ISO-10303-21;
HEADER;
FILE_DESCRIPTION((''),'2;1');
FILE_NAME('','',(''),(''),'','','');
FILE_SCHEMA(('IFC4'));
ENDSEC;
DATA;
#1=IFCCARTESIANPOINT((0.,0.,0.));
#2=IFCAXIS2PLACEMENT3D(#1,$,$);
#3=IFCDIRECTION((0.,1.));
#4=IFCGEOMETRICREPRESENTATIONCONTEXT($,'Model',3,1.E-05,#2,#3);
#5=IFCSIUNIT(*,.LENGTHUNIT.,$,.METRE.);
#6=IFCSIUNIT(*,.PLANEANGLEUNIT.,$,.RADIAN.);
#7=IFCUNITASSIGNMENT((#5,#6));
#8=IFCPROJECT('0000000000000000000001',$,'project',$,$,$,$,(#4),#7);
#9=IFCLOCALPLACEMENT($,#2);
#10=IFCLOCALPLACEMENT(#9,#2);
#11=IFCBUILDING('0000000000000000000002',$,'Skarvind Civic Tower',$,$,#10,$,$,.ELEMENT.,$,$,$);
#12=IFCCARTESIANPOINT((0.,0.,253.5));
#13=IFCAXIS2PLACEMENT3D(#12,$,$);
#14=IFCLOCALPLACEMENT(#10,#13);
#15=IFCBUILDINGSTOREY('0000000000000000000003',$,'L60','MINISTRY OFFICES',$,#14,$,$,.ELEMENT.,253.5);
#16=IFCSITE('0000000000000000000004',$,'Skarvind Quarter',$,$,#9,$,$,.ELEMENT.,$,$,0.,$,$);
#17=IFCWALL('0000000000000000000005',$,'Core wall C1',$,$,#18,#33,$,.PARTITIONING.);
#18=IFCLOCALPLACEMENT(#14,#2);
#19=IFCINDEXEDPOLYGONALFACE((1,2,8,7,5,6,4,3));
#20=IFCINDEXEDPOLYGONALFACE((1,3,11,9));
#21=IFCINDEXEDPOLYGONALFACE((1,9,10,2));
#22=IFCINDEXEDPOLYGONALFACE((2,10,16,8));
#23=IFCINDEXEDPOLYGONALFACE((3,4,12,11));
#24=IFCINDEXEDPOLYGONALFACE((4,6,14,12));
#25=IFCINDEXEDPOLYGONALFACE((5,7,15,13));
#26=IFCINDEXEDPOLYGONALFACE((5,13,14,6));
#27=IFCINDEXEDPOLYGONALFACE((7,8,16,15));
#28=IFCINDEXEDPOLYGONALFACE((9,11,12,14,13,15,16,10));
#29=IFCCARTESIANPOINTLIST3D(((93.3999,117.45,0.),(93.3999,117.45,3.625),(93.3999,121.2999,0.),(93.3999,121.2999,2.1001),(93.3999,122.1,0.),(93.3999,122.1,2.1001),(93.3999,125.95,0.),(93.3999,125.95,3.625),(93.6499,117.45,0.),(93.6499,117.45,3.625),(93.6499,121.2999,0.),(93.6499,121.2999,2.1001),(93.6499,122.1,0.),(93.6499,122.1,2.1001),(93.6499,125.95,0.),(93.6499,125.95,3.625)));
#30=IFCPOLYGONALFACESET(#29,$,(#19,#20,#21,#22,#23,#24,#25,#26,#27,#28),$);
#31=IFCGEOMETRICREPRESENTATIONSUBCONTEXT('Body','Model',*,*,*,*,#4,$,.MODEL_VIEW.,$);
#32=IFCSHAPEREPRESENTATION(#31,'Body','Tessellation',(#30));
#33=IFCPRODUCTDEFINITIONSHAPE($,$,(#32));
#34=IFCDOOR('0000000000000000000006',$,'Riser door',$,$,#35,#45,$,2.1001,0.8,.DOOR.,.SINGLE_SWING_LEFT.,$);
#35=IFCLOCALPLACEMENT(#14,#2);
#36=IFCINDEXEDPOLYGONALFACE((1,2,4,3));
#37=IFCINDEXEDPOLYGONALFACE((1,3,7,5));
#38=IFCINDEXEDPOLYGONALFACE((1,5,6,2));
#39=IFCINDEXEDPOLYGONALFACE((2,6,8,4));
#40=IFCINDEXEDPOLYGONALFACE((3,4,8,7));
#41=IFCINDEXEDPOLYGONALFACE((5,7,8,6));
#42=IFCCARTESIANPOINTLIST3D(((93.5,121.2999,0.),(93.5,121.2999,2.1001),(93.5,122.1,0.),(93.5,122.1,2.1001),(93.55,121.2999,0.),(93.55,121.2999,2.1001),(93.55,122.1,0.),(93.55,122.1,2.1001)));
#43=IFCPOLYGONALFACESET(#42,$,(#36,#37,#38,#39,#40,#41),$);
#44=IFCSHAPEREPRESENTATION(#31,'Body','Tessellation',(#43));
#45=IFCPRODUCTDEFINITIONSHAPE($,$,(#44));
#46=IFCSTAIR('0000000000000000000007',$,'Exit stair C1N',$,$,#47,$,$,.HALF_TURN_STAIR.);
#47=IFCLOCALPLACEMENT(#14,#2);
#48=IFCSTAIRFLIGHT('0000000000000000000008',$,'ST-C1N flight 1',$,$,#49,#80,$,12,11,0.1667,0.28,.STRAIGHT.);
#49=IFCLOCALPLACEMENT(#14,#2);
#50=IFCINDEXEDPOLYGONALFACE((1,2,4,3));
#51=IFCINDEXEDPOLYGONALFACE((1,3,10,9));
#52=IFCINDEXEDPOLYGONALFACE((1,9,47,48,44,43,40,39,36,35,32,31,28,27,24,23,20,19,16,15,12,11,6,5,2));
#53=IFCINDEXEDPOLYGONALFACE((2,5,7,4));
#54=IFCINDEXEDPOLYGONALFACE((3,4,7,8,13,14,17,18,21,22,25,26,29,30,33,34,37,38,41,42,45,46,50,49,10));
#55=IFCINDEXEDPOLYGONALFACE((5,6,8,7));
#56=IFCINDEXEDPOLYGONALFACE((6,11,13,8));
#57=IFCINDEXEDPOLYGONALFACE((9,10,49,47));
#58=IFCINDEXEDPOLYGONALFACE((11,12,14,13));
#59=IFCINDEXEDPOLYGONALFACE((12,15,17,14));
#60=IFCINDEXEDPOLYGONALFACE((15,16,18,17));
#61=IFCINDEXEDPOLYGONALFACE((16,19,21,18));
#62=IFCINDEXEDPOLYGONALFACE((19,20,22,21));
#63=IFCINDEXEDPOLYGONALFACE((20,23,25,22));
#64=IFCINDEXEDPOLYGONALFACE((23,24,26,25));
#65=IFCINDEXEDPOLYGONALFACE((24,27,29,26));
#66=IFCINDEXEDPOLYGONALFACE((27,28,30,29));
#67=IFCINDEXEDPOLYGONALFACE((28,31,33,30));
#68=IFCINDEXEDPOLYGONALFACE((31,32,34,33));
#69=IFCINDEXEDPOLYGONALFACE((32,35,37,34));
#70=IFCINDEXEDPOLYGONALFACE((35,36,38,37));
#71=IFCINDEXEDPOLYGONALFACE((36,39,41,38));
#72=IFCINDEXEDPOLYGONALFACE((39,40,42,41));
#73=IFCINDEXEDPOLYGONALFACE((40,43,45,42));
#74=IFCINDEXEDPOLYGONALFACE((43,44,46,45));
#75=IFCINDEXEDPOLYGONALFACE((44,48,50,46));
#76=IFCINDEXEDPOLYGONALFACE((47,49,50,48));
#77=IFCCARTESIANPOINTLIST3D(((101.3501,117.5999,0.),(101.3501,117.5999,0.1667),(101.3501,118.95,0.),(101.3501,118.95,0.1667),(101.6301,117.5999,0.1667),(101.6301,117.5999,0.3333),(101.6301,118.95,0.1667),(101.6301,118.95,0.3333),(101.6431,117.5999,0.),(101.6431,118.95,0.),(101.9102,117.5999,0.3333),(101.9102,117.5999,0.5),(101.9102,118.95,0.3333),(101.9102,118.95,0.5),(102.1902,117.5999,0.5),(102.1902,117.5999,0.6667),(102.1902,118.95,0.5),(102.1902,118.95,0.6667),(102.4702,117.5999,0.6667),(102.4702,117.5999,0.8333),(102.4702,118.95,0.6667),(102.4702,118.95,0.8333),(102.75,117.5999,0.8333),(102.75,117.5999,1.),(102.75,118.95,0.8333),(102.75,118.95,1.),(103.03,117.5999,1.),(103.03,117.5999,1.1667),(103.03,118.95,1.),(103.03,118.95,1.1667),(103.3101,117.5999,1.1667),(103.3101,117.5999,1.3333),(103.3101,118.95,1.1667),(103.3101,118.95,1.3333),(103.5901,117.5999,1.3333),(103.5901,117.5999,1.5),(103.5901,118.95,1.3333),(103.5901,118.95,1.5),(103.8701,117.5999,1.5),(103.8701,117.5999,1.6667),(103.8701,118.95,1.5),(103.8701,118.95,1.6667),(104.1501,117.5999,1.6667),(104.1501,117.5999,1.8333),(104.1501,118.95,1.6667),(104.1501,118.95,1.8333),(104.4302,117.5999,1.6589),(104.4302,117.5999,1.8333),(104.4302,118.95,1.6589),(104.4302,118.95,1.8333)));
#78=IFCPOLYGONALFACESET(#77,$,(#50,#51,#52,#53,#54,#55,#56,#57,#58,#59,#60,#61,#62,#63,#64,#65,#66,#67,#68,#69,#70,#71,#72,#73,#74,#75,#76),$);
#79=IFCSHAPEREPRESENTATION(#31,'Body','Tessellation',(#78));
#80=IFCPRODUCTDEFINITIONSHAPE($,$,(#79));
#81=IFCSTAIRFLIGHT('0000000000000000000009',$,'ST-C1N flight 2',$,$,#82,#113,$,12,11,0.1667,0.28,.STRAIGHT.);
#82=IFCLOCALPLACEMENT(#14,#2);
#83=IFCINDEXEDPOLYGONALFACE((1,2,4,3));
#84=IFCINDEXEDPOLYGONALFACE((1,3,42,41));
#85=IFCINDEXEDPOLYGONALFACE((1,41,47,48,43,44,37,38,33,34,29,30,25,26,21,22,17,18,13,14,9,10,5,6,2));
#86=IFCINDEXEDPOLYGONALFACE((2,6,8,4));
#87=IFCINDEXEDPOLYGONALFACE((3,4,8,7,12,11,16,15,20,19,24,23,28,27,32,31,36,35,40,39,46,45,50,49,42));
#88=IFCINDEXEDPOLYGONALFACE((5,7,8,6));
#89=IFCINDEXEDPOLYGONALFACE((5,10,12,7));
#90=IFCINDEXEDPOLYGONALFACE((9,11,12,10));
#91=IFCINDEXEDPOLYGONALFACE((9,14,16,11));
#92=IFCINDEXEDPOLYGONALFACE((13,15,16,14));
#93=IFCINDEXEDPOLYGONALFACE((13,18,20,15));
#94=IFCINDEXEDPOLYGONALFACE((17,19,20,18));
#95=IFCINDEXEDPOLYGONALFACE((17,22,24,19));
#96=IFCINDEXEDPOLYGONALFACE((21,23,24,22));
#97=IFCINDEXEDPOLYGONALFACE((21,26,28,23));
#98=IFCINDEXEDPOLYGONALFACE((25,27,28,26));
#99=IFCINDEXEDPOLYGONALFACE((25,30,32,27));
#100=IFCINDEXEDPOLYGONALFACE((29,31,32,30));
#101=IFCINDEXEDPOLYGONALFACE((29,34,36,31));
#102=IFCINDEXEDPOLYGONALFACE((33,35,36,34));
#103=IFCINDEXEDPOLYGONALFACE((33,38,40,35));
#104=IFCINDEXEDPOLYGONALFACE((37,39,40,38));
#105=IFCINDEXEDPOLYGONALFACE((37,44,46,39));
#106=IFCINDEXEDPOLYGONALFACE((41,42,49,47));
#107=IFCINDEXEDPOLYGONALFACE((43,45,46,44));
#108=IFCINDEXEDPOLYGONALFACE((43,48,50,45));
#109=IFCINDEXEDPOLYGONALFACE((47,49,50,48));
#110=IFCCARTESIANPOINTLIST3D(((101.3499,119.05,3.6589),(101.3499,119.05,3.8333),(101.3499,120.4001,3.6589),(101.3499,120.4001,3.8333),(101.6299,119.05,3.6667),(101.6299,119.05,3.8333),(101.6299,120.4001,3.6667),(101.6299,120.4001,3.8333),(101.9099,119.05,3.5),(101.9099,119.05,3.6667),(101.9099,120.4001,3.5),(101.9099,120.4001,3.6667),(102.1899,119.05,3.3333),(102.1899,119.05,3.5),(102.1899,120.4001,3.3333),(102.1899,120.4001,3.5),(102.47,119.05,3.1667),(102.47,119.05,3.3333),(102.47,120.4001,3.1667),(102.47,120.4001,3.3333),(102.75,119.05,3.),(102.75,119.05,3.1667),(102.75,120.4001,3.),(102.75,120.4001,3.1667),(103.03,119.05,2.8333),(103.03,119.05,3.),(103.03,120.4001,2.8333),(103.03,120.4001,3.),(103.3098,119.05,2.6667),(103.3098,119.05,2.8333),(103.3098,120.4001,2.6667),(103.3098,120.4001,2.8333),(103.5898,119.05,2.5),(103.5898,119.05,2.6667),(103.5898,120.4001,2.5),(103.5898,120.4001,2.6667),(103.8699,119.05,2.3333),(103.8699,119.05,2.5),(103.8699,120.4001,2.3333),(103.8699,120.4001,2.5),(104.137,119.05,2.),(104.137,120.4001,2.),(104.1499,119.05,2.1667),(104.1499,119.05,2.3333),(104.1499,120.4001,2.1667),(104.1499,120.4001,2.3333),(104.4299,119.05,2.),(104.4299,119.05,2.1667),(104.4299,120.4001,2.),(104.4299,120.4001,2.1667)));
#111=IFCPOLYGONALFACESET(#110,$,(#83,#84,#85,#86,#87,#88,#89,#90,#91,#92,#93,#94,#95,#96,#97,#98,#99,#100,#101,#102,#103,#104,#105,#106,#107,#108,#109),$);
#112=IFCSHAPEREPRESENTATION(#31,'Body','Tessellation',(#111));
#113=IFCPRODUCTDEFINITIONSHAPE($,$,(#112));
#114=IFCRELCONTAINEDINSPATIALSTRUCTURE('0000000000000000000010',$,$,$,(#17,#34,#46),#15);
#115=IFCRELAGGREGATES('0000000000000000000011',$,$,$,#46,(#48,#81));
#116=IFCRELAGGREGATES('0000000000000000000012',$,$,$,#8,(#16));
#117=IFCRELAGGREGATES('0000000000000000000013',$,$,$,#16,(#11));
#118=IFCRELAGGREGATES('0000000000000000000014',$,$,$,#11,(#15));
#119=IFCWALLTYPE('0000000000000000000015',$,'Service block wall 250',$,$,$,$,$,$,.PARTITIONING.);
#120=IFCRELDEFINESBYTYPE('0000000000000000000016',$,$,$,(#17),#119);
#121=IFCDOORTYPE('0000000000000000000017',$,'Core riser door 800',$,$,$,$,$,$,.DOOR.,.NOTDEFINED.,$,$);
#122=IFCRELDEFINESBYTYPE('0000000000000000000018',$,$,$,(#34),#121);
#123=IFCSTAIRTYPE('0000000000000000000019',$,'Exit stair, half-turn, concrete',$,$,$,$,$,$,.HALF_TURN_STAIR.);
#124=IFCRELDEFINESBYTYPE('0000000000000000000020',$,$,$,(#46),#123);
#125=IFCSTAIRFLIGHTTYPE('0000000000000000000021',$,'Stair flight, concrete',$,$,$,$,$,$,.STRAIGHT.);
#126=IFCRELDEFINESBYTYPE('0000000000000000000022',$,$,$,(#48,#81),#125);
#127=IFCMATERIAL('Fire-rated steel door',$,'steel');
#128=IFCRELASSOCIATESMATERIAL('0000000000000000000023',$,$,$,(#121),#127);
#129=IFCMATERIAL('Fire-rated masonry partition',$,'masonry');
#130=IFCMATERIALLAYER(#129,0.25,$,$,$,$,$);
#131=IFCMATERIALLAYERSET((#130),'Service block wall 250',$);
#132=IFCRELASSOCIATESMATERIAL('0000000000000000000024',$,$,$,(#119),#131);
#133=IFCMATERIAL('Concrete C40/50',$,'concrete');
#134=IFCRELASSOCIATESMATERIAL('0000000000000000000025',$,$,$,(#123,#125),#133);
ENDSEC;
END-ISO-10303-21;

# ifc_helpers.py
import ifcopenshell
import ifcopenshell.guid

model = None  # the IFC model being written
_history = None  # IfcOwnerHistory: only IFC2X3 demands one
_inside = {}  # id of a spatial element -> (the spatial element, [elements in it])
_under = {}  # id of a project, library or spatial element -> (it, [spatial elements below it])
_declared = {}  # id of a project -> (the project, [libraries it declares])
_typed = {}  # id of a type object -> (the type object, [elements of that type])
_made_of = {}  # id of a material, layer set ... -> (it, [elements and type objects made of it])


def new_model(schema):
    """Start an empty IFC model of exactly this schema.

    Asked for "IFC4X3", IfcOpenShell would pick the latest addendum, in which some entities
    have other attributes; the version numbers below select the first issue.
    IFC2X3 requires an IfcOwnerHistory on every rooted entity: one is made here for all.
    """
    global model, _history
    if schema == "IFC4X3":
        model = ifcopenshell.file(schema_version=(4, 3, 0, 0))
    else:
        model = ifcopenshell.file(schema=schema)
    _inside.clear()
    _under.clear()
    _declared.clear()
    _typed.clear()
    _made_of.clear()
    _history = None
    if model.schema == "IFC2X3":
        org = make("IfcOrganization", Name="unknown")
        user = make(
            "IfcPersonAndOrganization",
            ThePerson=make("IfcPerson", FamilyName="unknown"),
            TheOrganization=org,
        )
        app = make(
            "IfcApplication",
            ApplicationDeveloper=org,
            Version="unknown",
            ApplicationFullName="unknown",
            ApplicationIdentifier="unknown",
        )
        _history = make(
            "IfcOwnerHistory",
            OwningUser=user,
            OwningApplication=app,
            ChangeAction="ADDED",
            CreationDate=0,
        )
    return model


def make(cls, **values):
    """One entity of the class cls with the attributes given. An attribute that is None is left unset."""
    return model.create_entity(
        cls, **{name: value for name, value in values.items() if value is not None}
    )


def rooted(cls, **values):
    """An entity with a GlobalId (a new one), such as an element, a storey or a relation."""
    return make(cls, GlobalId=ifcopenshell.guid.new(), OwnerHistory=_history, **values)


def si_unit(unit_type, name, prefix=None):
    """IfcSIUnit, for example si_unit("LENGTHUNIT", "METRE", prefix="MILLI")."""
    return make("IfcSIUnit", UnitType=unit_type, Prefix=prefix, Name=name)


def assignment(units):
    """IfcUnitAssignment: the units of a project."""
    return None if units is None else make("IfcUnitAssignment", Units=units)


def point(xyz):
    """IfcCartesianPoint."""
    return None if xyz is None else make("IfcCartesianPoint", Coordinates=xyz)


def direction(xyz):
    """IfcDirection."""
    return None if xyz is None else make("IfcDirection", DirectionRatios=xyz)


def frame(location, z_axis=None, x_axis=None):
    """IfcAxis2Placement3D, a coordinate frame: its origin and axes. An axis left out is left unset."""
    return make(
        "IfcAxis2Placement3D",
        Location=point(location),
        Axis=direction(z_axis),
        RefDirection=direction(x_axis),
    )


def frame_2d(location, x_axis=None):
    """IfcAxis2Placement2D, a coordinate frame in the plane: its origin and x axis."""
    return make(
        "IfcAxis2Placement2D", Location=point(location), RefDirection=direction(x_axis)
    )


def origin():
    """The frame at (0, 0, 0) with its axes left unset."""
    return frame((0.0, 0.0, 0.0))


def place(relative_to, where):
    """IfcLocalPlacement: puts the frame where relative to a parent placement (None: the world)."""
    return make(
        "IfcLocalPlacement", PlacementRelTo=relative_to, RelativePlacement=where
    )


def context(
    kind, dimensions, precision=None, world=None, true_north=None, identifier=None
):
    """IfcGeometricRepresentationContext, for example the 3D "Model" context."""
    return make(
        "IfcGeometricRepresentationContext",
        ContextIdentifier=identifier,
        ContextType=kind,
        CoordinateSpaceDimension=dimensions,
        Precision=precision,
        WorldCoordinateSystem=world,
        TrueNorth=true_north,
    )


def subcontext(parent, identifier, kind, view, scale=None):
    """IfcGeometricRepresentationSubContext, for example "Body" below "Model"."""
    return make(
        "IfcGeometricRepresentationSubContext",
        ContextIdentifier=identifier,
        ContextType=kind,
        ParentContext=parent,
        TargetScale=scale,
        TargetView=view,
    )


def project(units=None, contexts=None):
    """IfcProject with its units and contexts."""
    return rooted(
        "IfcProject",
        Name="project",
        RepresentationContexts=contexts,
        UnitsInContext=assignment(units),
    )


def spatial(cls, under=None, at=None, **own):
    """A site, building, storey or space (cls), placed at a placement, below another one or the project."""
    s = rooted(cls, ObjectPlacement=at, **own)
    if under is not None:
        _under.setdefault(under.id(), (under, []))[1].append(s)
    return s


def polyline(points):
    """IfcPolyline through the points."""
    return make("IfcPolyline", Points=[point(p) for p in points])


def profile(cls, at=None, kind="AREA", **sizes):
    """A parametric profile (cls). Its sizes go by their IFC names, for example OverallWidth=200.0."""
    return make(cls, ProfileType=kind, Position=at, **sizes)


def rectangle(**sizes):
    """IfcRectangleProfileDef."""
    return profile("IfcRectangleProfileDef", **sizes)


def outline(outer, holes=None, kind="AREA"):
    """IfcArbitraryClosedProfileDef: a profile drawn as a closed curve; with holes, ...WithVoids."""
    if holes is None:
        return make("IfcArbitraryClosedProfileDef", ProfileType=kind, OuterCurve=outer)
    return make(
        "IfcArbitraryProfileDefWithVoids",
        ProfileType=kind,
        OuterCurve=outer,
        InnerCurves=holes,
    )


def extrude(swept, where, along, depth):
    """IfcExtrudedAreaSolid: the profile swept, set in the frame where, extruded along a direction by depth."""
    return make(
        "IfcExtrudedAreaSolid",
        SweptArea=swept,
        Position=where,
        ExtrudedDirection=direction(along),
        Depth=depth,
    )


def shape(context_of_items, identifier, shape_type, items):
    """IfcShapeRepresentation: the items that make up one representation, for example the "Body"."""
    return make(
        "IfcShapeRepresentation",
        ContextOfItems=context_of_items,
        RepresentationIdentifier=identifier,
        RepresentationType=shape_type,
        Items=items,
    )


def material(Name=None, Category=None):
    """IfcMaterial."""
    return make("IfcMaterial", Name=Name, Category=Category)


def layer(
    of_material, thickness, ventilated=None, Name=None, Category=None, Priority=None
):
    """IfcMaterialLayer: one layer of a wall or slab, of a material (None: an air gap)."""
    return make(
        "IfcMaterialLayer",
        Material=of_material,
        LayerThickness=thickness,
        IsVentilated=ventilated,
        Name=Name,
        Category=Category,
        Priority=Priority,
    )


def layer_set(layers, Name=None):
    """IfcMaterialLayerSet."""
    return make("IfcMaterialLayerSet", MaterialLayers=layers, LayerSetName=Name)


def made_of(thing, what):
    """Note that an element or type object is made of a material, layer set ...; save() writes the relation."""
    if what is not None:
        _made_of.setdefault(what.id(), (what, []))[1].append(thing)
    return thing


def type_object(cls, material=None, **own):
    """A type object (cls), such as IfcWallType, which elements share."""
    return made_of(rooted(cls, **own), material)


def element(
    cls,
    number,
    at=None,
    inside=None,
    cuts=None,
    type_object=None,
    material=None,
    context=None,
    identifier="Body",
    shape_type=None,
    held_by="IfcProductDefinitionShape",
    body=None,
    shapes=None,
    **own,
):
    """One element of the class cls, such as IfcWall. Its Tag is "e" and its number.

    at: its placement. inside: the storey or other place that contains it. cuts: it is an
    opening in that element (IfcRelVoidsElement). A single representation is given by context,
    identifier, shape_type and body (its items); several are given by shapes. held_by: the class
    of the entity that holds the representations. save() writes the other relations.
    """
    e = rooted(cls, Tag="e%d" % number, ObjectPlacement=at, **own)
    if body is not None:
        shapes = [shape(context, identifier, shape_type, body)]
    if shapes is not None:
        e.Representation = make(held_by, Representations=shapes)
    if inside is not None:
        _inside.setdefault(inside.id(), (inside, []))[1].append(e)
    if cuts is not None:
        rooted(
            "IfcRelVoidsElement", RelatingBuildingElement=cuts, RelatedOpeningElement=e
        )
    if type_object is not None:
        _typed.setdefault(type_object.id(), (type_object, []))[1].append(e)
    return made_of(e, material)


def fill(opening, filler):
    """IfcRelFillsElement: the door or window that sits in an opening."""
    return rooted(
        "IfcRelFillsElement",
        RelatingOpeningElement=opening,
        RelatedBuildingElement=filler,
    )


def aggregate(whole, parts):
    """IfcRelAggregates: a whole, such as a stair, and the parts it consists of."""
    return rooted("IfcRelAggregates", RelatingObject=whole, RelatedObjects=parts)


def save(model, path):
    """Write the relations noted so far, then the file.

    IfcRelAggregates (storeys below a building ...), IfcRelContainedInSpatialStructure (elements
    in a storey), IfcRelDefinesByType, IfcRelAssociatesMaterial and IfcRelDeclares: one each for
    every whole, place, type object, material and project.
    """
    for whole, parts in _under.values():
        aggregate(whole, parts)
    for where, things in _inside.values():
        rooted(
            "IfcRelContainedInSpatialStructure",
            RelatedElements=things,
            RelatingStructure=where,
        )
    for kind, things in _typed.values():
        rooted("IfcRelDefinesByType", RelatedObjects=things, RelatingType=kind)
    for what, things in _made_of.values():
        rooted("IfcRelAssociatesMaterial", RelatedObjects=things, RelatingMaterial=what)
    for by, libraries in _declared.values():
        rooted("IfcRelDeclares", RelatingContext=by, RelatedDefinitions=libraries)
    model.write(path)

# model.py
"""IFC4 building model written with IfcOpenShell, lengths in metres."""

from ifc_helpers import new_model, si_unit, direction, frame, frame_2d, origin, place, context, subcontext, project, spatial, polyline, rectangle, outline, extrude, material, layer, layer_set, type_object, element, fill, aggregate, save


model = new_model("IFC4")

# Units and contexts
model_context = context("Model", 3, precision=1e-05, world=origin(), true_north=direction((0.0, 1.0)))
body_context = subcontext(model_context, "Body", "Model", "MODEL_VIEW")
ifc_project = project(units=[si_unit("LENGTHUNIT", "METRE"), si_unit("PLANEANGLEUNIT", "RADIAN")], contexts=[model_context])

# Site, building, storey
site_placement = place(None, origin())
site = spatial("IfcSite", under=ifc_project, at=site_placement, Name="Skarvind Quarter", CompositionType="ELEMENT", RefElevation=0.0)
building_placement = place(site_placement, origin())
building = spatial("IfcBuilding", under=site, at=building_placement, Name="Skarvind Civic Tower", CompositionType="ELEMENT")
storey_placement = place(building_placement, frame((0.0, 0.0, 253.5)))
storey = spatial("IfcBuildingStorey", under=building, at=storey_placement, Name="L60", Description="MINISTRY OFFICES", CompositionType="ELEMENT", Elevation=253.5)

# Shared definitions
ifc_material_1 = material(Name="Fire-rated masonry partition", Category="masonry")
ifc_material_2 = material(Name="Fire-rated steel door", Category="steel")

# Wall, opening, door
door_type_1 = type_object("IfcDoorType", Name="Core riser door 800", OperationType="NOTDEFINED", PredefinedType="DOOR", material=ifc_material_2)
ifc_layer_1 = layer(ifc_material_1, 0.25)
ifc_layer_set_1 = layer_set([ifc_layer_1], Name="Service block wall 250")
wall_type_1 = type_object("IfcWallType", Name="Service block wall 250", PredefinedType="PARTITIONING", material=ifc_layer_set_1)
wall_1_placement = place(storey_placement, frame((93.5249, 117.45, 0.0), z_axis=(0.0, 0.0, 1.0), x_axis=(0.0, 1.0, 0.0)))
wall_1 = element("IfcWall", 1, at=wall_1_placement, inside=storey, type_object=wall_type_1, Name="Core wall C1", PredefinedType="PARTITIONING", context=body_context, shape_type="SweptSolid", body=[
    extrude(rectangle(XDim=8.5, YDim=0.25, at=frame_2d((4.25, 0.0))), origin(), (0.0, 0.0, 1.0), 3.625),
])
opening_1_placement = place(wall_1_placement, frame((3.8501, 0.0, 0.0)))
opening_1 = element("IfcOpeningElement", 2, at=opening_1_placement, cuts=wall_1, PredefinedType="OPENING", context=body_context, shape_type="SweptSolid", body=[
    extrude(rectangle(XDim=0.8, YDim=2.1001, at=frame_2d((0.3999, 1.05))), frame((0.0, 0.135, 0.0), z_axis=(0.0, -1.0, 0.0), x_axis=(1.0, 0.0, 0.0)), (0.0, 0.0, 1.0), 0.27),
])
door_1_placement = place(opening_1_placement, origin())
door_1 = element("IfcDoor", 3, at=door_1_placement, inside=storey, type_object=door_type_1, Name="Riser door", OperationType="SINGLE_SWING_LEFT", OverallHeight=2.1001, OverallWidth=0.8, PredefinedType="DOOR", context=body_context, shape_type="SweptSolid", body=[
    extrude(rectangle(XDim=0.8, YDim=2.1001, at=frame_2d((0.3999, 1.05))), frame((0.0, 0.0249, 0.0), z_axis=(0.0, -1.0, 0.0), x_axis=(1.0, 0.0, 0.0)), (0.0, 0.0, 1.0), 0.05),
])
fill(opening_1, door_1)

# Stair, stair flights
ifc_material_3 = material(Name="Concrete C40/50", Category="concrete")
stair_type = type_object("IfcStairType", Name="Exit stair, half-turn, concrete", PredefinedType="HALF_TURN_STAIR", material=ifc_material_3)
stair_placement = place(storey_placement, origin())
stair = element("IfcStair", 4, at=stair_placement, inside=storey, type_object=stair_type, Name="Exit stair C1N", PredefinedType="HALF_TURN_STAIR")
stair_flight_type = type_object("IfcStairFlightType", Name="Stair flight, concrete", PredefinedType="STRAIGHT", material=ifc_material_3)
stair_flight_1_placement = place(storey_placement, frame((101.3501, 118.2749, 0.0), z_axis=(0.0, 0.0, 1.0), x_axis=(1.0, 0.0, 0.0)))
stair_flight_1 = element("IfcStairFlight", 5, at=stair_flight_1_placement, type_object=stair_flight_type, Name="ST-C1N flight 1", NumberOfRisers=12, NumberOfTreads=11, PredefinedType="STRAIGHT", RiserHeight=0.1667, TreadLength=0.28, context=body_context, shape_type="SweptSolid", body=[
    extrude(outline(polyline([(0.0, 0.0), (0.0, 0.1667), (0.28, 0.1667), (0.28, 0.3333), (0.5601, 0.3333), (0.5601, 0.5), (0.8401, 0.5), (0.8401, 0.6667), (1.1201, 0.6667), (1.1201, 0.8333), (1.3999, 0.8333), (1.3999, 1.0), (1.6799, 1.0), (1.6799, 1.1667), (1.96, 1.1667), (1.96, 1.3333), (2.24, 1.3333), (2.24, 1.5), (2.52, 1.5), (2.52, 1.6667), (2.8, 1.6667), (2.8, 1.8333), (3.0801, 1.8333), (3.0801, 2.0), (3.0801, 1.6589), (0.293, 0.0), (0.0, 0.0)])), frame((0.0, 0.675, 0.0), z_axis=(0.0, -1.0, 0.0), x_axis=(1.0, 0.0, 0.0)), (0.0, 0.0, 1.0), 1.3501),
])
stair_flight_2_placement = place(storey_placement, frame((104.4299, 119.7251, 2.0), z_axis=(0.0, 0.0, 1.0), x_axis=(-1.0, 0.0, 0.0)))
stair_flight_2 = element("IfcStairFlight", 6, at=stair_flight_2_placement, type_object=stair_flight_type, Name="ST-C1N flight 2", NumberOfRisers=12, NumberOfTreads=11, PredefinedType="STRAIGHT", RiserHeight=0.1667, TreadLength=0.28, context=body_context, shape_type="SweptSolid", body=[
    extrude(outline(polyline([(0.0, 0.0), (0.0, 0.1667), (0.28, 0.1667), (0.28, 0.3333), (0.5601, 0.3333), (0.5601, 0.5), (0.8401, 0.5), (0.8401, 0.6667), (1.1201, 0.6667), (1.1201, 0.8333), (1.3999, 0.8333), (1.3999, 1.0), (1.6799, 1.0), (1.6799, 1.1667), (1.96, 1.1667), (1.96, 1.3333), (2.24, 1.3333), (2.24, 1.5), (2.52, 1.5), (2.52, 1.6667), (2.8, 1.6667), (2.8, 1.8333), (3.0801, 1.8333), (3.0801, 2.0), (3.0801, 1.6589), (0.293, 0.0), (0.0, 0.0)])), frame((0.0, 0.675, 0.0), z_axis=(0.0, -1.0, 0.0), x_axis=(1.0, 0.0, 0.0)), (0.0, 0.0, 1.0), 1.3501),
])
aggregate(stair, [stair_flight_1, stair_flight_2])

save(model, "model.ifc")
